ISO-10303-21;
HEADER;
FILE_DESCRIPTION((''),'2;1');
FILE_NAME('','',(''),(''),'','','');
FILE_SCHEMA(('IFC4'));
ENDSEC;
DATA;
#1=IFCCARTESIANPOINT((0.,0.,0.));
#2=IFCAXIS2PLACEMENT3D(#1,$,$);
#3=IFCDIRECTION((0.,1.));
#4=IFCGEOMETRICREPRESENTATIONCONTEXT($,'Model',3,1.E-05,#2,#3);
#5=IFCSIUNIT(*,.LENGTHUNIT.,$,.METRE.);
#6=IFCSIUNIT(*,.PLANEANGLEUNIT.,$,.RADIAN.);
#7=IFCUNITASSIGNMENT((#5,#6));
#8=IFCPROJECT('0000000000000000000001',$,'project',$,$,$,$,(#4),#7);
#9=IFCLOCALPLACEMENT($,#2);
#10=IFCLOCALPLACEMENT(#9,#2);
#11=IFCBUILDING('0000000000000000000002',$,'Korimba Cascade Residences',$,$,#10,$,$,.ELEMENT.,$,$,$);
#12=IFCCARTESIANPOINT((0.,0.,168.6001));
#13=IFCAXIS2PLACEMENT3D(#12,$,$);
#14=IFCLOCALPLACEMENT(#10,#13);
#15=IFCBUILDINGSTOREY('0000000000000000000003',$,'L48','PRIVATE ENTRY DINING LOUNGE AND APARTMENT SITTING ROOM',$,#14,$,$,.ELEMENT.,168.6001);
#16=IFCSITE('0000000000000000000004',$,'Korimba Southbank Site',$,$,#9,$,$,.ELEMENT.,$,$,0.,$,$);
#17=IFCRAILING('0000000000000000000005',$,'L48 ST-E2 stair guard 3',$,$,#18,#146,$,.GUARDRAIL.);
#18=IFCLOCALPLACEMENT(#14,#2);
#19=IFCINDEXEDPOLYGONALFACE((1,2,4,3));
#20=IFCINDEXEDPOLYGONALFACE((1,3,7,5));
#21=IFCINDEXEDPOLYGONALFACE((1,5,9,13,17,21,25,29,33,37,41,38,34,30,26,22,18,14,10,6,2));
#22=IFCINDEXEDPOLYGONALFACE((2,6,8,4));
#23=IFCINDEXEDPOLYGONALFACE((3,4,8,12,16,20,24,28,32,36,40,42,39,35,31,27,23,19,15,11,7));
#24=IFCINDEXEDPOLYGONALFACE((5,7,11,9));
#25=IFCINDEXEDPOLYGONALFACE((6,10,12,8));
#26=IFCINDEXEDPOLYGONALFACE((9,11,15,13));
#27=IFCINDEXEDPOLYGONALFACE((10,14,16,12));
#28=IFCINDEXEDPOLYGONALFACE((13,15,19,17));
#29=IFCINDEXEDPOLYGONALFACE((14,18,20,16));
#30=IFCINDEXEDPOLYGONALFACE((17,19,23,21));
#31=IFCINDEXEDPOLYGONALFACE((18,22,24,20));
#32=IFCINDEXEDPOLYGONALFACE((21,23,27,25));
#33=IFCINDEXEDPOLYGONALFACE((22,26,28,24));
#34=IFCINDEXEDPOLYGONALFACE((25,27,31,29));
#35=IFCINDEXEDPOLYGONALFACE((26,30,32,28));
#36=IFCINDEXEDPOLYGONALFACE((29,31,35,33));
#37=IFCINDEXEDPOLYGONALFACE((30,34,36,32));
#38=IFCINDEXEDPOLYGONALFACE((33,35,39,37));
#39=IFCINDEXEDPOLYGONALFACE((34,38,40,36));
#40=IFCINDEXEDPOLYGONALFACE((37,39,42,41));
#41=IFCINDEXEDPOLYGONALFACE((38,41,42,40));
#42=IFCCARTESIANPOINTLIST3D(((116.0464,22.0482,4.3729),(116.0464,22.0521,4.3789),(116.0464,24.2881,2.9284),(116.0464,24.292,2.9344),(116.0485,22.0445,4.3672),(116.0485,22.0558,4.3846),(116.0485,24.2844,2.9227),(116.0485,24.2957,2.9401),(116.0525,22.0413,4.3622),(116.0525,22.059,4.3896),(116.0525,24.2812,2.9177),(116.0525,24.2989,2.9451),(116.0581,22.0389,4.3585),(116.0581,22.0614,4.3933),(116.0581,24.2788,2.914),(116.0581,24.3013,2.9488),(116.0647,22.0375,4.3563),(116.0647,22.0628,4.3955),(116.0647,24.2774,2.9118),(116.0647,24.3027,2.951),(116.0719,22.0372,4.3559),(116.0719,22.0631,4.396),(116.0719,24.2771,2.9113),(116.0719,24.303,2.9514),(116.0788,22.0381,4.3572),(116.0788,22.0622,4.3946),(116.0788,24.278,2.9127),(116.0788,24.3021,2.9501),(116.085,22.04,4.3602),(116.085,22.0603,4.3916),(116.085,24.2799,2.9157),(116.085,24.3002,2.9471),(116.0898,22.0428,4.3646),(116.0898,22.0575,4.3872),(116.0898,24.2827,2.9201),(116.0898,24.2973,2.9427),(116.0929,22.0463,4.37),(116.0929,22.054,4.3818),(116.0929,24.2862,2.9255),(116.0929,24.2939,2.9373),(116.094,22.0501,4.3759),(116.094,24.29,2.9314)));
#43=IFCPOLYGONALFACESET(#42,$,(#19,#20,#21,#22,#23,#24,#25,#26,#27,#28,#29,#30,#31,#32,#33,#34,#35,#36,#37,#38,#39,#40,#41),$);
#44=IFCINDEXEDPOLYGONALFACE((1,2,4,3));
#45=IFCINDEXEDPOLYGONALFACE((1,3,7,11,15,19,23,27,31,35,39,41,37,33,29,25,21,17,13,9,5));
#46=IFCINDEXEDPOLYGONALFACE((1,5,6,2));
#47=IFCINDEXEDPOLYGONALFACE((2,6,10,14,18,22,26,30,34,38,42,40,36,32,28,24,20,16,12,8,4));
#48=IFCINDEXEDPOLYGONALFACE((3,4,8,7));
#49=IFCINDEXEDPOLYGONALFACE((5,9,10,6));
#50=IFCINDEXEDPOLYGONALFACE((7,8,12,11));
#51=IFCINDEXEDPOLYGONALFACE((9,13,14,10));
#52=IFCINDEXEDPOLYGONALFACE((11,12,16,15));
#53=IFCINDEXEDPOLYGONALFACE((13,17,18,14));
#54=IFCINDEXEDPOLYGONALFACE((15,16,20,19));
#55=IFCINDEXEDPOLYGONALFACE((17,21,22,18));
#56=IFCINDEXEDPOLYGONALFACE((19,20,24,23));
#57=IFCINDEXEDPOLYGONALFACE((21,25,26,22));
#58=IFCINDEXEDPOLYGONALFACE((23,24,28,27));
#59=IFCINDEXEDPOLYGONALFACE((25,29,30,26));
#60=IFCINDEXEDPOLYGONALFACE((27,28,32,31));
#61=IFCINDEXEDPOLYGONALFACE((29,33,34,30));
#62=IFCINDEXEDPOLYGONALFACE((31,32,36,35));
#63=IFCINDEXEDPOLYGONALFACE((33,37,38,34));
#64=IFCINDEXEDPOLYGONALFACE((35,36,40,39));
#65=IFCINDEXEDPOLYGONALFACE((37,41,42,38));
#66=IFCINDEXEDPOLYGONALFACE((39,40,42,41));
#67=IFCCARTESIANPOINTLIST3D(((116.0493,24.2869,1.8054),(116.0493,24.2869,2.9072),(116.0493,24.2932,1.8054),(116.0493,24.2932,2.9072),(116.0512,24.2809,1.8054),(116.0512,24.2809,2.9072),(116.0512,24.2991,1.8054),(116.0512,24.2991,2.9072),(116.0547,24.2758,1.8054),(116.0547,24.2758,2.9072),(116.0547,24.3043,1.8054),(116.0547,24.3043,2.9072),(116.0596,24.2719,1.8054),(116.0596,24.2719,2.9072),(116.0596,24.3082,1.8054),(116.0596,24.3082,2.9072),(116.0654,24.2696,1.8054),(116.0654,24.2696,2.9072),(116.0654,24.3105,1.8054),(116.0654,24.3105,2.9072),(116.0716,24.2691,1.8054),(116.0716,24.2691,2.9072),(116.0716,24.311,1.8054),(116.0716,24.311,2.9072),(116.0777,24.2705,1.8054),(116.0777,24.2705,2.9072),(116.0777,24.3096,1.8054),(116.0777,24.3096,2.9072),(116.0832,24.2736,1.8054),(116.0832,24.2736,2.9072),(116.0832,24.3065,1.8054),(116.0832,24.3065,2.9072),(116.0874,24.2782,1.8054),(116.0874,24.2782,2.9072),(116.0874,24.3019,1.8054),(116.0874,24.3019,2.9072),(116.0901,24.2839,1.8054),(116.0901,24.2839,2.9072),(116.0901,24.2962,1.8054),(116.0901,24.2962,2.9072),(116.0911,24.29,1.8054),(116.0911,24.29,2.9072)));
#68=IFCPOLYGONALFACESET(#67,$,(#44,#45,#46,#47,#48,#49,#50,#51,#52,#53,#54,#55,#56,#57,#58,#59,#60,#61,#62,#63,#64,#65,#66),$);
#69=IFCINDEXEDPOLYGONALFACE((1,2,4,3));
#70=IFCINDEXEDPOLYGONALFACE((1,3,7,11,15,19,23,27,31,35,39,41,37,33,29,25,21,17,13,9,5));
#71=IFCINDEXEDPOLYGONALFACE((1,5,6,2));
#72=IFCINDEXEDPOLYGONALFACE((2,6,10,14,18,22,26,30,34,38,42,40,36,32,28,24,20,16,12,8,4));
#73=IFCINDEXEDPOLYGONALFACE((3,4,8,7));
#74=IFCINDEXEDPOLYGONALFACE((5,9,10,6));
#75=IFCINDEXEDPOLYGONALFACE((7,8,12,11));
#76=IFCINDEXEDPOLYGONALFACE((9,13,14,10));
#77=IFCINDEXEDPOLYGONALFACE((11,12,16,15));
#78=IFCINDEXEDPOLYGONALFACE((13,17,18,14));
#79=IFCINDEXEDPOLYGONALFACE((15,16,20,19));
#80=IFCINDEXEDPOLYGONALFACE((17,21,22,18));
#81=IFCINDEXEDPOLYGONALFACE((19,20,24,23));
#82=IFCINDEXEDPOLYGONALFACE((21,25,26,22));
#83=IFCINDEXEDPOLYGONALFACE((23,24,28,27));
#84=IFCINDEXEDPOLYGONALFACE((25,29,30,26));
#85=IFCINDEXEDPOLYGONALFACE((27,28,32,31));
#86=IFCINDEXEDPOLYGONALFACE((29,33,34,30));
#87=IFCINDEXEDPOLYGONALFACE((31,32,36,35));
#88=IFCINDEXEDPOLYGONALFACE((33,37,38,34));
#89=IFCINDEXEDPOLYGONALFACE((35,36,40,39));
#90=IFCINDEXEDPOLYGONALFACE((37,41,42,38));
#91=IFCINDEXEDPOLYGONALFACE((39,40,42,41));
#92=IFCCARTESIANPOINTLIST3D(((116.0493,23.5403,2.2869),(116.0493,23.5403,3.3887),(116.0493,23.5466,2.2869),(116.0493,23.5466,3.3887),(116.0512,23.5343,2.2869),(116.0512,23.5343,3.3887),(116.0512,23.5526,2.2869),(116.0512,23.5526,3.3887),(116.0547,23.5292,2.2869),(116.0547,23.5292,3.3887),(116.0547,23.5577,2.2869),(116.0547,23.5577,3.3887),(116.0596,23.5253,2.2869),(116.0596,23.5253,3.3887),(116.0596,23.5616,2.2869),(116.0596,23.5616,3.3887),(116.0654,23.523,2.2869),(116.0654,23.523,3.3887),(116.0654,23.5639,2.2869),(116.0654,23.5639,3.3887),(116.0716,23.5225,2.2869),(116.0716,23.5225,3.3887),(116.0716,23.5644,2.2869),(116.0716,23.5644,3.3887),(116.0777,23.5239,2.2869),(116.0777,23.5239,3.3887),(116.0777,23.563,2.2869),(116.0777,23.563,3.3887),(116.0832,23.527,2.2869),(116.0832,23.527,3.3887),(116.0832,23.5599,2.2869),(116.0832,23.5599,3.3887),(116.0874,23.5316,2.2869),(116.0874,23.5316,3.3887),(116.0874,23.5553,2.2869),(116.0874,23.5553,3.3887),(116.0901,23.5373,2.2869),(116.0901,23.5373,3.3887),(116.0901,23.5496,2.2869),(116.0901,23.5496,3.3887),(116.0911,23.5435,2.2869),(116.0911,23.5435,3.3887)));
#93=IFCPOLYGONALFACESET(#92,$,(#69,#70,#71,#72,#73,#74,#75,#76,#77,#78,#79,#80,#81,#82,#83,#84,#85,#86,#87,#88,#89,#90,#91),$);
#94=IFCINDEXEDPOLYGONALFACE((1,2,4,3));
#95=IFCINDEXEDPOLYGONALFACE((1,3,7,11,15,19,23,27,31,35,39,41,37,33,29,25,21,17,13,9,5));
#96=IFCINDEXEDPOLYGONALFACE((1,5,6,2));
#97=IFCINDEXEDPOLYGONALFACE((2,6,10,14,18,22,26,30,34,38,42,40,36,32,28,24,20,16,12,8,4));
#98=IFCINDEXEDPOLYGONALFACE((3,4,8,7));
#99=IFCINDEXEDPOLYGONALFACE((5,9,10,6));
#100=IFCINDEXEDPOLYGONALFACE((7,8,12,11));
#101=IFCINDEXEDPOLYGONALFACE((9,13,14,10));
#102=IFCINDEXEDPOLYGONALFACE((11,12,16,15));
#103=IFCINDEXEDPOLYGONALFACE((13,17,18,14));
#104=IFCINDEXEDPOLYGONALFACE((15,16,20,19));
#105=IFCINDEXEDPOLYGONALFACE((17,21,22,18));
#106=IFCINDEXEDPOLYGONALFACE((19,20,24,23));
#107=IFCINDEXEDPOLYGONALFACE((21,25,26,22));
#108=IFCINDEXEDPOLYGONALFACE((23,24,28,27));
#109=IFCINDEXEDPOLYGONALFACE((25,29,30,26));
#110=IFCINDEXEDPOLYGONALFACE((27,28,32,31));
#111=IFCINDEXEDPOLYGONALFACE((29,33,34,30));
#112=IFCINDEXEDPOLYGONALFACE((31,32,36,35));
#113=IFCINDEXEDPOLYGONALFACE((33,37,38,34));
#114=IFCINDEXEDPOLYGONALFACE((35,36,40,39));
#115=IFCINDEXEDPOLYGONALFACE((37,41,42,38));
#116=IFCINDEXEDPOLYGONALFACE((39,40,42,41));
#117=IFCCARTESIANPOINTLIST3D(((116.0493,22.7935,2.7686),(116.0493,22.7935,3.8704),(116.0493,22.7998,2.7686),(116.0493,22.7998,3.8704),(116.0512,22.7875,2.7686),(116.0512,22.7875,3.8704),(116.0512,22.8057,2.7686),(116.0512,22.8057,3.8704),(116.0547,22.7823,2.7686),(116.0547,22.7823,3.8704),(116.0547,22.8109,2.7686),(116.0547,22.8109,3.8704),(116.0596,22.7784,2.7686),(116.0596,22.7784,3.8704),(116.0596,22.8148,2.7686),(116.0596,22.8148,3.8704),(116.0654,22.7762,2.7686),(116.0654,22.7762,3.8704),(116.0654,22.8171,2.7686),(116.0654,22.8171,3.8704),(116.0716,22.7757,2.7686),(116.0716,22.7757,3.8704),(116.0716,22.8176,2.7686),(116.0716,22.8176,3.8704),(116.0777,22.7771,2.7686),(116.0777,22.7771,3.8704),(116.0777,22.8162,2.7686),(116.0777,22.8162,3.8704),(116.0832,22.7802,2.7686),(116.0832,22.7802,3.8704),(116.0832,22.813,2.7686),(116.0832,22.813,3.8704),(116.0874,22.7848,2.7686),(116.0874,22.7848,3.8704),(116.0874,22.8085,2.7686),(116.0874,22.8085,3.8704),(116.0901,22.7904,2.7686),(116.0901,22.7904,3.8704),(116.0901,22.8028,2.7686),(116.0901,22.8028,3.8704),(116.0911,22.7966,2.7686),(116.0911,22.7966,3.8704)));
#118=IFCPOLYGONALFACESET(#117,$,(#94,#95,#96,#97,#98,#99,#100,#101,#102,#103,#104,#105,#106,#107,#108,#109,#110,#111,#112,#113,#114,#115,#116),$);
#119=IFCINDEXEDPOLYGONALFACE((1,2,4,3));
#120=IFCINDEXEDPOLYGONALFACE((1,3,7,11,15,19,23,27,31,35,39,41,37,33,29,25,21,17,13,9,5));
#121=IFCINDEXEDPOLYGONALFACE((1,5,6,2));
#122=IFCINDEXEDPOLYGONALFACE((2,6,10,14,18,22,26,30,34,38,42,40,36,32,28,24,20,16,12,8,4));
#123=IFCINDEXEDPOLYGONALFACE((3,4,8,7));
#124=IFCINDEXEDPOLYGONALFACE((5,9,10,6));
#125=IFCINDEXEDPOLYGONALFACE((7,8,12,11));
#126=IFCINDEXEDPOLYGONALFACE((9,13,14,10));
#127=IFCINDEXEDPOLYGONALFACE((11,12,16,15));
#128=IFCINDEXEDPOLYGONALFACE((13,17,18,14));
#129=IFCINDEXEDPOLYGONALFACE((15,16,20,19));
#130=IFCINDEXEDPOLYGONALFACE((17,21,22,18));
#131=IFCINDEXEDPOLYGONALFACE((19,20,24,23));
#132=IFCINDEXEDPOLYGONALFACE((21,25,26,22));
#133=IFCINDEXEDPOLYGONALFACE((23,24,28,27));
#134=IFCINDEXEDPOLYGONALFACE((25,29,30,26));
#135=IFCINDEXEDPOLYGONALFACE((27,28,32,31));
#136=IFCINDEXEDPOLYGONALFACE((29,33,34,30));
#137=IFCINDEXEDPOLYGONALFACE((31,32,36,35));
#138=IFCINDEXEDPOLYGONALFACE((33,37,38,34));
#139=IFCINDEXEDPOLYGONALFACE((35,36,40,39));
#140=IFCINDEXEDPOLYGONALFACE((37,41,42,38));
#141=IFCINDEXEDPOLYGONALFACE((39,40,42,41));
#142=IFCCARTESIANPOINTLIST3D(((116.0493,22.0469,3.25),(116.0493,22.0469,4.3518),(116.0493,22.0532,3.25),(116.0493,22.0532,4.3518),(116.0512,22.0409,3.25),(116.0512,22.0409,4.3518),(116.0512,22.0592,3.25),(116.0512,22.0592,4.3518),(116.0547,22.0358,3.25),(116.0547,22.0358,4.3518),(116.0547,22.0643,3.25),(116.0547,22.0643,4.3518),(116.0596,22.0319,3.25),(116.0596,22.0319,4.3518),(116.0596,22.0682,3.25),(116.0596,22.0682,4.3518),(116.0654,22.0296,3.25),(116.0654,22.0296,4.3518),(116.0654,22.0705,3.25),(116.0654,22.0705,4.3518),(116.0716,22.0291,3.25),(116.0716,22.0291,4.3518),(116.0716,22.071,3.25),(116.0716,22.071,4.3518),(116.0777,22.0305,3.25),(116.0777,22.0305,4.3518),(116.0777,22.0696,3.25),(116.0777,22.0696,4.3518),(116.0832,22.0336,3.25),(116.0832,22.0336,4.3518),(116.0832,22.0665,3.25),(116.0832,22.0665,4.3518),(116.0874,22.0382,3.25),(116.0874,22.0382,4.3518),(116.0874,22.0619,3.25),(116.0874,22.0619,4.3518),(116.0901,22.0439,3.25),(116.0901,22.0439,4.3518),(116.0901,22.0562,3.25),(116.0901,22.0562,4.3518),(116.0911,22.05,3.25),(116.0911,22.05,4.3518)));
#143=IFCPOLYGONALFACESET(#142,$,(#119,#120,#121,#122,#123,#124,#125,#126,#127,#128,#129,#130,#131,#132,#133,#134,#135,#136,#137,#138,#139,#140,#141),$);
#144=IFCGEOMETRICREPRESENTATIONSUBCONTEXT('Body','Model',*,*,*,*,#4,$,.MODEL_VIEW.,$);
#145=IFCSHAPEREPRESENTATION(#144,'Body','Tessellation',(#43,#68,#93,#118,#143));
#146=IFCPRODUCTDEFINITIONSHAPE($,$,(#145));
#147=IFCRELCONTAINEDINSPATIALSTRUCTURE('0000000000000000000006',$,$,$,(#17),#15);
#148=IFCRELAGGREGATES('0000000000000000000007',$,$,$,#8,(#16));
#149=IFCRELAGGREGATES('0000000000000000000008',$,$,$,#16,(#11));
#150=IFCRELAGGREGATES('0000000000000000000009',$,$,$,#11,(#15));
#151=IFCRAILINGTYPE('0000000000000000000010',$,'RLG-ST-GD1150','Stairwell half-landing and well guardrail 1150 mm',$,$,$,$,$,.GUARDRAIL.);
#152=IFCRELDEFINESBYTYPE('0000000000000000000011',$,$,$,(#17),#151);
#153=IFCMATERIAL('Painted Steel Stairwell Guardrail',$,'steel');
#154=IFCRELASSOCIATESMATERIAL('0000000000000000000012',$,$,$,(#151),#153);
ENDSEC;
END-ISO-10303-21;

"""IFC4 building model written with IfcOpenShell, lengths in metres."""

from ifc_helpers import new_model, si_unit, direction, frame, origin, origin_2d, place, context, subcontext, project, spatial, circle, extrude, material, type_object, element, save


model = new_model("IFC4")

# Units and contexts
model_context = context("Model", 3, precision=1e-05, world=origin(), true_north=direction((0.0, 1.0)))
body_context = subcontext(model_context, "Body", "Model", "MODEL_VIEW")
ifc_project = project(units=[si_unit("LENGTHUNIT", "METRE"), si_unit("PLANEANGLEUNIT", "RADIAN")], contexts=[model_context])

# Site, building, storey
site_placement = place(None, origin())
site = spatial("IfcSite", under=ifc_project, at=site_placement, Name="Korimba Southbank Site", CompositionType="ELEMENT", RefElevation=0.0)
building_placement = place(site_placement, origin())
building = spatial("IfcBuilding", under=site, at=building_placement, Name="Korimba Cascade Residences", CompositionType="ELEMENT")
storey_placement = place(building_placement, frame((0.0, 0.0, 168.6001)))
storey = spatial("IfcBuildingStorey", under=building, at=storey_placement, Name="L48", Description="PRIVATE ENTRY DINING LOUNGE AND APARTMENT SITTING ROOM", CompositionType="ELEMENT", Elevation=168.6001)

# Railing
ifc_material_1 = material(Name="Painted Steel Stairwell Guardrail", Category="steel")
railing_type_1 = type_object("IfcRailingType", Name="RLG-ST-GD1150", Description="Stairwell half-landing and well guardrail 1150 mm", PredefinedType="GUARDRAIL", material=ifc_material_1)
railing_1_placement = place(storey_placement, frame((116.0701, 24.29, 1.8054)))
element("IfcRailing", 1, at=railing_1_placement, inside=storey, type_object=railing_type_1, Name="L48 ST-E2 stair guard 3", PredefinedType="GUARDRAIL", context=body_context, shape_type="SweptSolid", body=[
    extrude(circle(Radius=0.0239, at=origin_2d()), frame((0.0, 0.0, 1.126), z_axis=(0.0, -0.840395, 0.541975), x_axis=(1.0, 0.0, 0.0)), (0.0, 0.0, 1.0), 2.6653),
    extrude(circle(Radius=0.021, at=origin_2d()), origin(), (0.0, 0.0, 1.0), 1.1018),
    extrude(circle(Radius=0.021, at=origin_2d()), frame((0.0, -0.7466, 0.4814)), (0.0, 0.0, 1.0), 1.1018),
    extrude(circle(Radius=0.021, at=origin_2d()), frame((0.0, -1.4934, 0.9631)), (0.0, 0.0, 1.0), 1.1018),
    extrude(circle(Radius=0.021, at=origin_2d()), frame((0.0, -2.24, 1.4446)), (0.0, 0.0, 1.0), 1.1018),
])

save(model, "model.ifc")
